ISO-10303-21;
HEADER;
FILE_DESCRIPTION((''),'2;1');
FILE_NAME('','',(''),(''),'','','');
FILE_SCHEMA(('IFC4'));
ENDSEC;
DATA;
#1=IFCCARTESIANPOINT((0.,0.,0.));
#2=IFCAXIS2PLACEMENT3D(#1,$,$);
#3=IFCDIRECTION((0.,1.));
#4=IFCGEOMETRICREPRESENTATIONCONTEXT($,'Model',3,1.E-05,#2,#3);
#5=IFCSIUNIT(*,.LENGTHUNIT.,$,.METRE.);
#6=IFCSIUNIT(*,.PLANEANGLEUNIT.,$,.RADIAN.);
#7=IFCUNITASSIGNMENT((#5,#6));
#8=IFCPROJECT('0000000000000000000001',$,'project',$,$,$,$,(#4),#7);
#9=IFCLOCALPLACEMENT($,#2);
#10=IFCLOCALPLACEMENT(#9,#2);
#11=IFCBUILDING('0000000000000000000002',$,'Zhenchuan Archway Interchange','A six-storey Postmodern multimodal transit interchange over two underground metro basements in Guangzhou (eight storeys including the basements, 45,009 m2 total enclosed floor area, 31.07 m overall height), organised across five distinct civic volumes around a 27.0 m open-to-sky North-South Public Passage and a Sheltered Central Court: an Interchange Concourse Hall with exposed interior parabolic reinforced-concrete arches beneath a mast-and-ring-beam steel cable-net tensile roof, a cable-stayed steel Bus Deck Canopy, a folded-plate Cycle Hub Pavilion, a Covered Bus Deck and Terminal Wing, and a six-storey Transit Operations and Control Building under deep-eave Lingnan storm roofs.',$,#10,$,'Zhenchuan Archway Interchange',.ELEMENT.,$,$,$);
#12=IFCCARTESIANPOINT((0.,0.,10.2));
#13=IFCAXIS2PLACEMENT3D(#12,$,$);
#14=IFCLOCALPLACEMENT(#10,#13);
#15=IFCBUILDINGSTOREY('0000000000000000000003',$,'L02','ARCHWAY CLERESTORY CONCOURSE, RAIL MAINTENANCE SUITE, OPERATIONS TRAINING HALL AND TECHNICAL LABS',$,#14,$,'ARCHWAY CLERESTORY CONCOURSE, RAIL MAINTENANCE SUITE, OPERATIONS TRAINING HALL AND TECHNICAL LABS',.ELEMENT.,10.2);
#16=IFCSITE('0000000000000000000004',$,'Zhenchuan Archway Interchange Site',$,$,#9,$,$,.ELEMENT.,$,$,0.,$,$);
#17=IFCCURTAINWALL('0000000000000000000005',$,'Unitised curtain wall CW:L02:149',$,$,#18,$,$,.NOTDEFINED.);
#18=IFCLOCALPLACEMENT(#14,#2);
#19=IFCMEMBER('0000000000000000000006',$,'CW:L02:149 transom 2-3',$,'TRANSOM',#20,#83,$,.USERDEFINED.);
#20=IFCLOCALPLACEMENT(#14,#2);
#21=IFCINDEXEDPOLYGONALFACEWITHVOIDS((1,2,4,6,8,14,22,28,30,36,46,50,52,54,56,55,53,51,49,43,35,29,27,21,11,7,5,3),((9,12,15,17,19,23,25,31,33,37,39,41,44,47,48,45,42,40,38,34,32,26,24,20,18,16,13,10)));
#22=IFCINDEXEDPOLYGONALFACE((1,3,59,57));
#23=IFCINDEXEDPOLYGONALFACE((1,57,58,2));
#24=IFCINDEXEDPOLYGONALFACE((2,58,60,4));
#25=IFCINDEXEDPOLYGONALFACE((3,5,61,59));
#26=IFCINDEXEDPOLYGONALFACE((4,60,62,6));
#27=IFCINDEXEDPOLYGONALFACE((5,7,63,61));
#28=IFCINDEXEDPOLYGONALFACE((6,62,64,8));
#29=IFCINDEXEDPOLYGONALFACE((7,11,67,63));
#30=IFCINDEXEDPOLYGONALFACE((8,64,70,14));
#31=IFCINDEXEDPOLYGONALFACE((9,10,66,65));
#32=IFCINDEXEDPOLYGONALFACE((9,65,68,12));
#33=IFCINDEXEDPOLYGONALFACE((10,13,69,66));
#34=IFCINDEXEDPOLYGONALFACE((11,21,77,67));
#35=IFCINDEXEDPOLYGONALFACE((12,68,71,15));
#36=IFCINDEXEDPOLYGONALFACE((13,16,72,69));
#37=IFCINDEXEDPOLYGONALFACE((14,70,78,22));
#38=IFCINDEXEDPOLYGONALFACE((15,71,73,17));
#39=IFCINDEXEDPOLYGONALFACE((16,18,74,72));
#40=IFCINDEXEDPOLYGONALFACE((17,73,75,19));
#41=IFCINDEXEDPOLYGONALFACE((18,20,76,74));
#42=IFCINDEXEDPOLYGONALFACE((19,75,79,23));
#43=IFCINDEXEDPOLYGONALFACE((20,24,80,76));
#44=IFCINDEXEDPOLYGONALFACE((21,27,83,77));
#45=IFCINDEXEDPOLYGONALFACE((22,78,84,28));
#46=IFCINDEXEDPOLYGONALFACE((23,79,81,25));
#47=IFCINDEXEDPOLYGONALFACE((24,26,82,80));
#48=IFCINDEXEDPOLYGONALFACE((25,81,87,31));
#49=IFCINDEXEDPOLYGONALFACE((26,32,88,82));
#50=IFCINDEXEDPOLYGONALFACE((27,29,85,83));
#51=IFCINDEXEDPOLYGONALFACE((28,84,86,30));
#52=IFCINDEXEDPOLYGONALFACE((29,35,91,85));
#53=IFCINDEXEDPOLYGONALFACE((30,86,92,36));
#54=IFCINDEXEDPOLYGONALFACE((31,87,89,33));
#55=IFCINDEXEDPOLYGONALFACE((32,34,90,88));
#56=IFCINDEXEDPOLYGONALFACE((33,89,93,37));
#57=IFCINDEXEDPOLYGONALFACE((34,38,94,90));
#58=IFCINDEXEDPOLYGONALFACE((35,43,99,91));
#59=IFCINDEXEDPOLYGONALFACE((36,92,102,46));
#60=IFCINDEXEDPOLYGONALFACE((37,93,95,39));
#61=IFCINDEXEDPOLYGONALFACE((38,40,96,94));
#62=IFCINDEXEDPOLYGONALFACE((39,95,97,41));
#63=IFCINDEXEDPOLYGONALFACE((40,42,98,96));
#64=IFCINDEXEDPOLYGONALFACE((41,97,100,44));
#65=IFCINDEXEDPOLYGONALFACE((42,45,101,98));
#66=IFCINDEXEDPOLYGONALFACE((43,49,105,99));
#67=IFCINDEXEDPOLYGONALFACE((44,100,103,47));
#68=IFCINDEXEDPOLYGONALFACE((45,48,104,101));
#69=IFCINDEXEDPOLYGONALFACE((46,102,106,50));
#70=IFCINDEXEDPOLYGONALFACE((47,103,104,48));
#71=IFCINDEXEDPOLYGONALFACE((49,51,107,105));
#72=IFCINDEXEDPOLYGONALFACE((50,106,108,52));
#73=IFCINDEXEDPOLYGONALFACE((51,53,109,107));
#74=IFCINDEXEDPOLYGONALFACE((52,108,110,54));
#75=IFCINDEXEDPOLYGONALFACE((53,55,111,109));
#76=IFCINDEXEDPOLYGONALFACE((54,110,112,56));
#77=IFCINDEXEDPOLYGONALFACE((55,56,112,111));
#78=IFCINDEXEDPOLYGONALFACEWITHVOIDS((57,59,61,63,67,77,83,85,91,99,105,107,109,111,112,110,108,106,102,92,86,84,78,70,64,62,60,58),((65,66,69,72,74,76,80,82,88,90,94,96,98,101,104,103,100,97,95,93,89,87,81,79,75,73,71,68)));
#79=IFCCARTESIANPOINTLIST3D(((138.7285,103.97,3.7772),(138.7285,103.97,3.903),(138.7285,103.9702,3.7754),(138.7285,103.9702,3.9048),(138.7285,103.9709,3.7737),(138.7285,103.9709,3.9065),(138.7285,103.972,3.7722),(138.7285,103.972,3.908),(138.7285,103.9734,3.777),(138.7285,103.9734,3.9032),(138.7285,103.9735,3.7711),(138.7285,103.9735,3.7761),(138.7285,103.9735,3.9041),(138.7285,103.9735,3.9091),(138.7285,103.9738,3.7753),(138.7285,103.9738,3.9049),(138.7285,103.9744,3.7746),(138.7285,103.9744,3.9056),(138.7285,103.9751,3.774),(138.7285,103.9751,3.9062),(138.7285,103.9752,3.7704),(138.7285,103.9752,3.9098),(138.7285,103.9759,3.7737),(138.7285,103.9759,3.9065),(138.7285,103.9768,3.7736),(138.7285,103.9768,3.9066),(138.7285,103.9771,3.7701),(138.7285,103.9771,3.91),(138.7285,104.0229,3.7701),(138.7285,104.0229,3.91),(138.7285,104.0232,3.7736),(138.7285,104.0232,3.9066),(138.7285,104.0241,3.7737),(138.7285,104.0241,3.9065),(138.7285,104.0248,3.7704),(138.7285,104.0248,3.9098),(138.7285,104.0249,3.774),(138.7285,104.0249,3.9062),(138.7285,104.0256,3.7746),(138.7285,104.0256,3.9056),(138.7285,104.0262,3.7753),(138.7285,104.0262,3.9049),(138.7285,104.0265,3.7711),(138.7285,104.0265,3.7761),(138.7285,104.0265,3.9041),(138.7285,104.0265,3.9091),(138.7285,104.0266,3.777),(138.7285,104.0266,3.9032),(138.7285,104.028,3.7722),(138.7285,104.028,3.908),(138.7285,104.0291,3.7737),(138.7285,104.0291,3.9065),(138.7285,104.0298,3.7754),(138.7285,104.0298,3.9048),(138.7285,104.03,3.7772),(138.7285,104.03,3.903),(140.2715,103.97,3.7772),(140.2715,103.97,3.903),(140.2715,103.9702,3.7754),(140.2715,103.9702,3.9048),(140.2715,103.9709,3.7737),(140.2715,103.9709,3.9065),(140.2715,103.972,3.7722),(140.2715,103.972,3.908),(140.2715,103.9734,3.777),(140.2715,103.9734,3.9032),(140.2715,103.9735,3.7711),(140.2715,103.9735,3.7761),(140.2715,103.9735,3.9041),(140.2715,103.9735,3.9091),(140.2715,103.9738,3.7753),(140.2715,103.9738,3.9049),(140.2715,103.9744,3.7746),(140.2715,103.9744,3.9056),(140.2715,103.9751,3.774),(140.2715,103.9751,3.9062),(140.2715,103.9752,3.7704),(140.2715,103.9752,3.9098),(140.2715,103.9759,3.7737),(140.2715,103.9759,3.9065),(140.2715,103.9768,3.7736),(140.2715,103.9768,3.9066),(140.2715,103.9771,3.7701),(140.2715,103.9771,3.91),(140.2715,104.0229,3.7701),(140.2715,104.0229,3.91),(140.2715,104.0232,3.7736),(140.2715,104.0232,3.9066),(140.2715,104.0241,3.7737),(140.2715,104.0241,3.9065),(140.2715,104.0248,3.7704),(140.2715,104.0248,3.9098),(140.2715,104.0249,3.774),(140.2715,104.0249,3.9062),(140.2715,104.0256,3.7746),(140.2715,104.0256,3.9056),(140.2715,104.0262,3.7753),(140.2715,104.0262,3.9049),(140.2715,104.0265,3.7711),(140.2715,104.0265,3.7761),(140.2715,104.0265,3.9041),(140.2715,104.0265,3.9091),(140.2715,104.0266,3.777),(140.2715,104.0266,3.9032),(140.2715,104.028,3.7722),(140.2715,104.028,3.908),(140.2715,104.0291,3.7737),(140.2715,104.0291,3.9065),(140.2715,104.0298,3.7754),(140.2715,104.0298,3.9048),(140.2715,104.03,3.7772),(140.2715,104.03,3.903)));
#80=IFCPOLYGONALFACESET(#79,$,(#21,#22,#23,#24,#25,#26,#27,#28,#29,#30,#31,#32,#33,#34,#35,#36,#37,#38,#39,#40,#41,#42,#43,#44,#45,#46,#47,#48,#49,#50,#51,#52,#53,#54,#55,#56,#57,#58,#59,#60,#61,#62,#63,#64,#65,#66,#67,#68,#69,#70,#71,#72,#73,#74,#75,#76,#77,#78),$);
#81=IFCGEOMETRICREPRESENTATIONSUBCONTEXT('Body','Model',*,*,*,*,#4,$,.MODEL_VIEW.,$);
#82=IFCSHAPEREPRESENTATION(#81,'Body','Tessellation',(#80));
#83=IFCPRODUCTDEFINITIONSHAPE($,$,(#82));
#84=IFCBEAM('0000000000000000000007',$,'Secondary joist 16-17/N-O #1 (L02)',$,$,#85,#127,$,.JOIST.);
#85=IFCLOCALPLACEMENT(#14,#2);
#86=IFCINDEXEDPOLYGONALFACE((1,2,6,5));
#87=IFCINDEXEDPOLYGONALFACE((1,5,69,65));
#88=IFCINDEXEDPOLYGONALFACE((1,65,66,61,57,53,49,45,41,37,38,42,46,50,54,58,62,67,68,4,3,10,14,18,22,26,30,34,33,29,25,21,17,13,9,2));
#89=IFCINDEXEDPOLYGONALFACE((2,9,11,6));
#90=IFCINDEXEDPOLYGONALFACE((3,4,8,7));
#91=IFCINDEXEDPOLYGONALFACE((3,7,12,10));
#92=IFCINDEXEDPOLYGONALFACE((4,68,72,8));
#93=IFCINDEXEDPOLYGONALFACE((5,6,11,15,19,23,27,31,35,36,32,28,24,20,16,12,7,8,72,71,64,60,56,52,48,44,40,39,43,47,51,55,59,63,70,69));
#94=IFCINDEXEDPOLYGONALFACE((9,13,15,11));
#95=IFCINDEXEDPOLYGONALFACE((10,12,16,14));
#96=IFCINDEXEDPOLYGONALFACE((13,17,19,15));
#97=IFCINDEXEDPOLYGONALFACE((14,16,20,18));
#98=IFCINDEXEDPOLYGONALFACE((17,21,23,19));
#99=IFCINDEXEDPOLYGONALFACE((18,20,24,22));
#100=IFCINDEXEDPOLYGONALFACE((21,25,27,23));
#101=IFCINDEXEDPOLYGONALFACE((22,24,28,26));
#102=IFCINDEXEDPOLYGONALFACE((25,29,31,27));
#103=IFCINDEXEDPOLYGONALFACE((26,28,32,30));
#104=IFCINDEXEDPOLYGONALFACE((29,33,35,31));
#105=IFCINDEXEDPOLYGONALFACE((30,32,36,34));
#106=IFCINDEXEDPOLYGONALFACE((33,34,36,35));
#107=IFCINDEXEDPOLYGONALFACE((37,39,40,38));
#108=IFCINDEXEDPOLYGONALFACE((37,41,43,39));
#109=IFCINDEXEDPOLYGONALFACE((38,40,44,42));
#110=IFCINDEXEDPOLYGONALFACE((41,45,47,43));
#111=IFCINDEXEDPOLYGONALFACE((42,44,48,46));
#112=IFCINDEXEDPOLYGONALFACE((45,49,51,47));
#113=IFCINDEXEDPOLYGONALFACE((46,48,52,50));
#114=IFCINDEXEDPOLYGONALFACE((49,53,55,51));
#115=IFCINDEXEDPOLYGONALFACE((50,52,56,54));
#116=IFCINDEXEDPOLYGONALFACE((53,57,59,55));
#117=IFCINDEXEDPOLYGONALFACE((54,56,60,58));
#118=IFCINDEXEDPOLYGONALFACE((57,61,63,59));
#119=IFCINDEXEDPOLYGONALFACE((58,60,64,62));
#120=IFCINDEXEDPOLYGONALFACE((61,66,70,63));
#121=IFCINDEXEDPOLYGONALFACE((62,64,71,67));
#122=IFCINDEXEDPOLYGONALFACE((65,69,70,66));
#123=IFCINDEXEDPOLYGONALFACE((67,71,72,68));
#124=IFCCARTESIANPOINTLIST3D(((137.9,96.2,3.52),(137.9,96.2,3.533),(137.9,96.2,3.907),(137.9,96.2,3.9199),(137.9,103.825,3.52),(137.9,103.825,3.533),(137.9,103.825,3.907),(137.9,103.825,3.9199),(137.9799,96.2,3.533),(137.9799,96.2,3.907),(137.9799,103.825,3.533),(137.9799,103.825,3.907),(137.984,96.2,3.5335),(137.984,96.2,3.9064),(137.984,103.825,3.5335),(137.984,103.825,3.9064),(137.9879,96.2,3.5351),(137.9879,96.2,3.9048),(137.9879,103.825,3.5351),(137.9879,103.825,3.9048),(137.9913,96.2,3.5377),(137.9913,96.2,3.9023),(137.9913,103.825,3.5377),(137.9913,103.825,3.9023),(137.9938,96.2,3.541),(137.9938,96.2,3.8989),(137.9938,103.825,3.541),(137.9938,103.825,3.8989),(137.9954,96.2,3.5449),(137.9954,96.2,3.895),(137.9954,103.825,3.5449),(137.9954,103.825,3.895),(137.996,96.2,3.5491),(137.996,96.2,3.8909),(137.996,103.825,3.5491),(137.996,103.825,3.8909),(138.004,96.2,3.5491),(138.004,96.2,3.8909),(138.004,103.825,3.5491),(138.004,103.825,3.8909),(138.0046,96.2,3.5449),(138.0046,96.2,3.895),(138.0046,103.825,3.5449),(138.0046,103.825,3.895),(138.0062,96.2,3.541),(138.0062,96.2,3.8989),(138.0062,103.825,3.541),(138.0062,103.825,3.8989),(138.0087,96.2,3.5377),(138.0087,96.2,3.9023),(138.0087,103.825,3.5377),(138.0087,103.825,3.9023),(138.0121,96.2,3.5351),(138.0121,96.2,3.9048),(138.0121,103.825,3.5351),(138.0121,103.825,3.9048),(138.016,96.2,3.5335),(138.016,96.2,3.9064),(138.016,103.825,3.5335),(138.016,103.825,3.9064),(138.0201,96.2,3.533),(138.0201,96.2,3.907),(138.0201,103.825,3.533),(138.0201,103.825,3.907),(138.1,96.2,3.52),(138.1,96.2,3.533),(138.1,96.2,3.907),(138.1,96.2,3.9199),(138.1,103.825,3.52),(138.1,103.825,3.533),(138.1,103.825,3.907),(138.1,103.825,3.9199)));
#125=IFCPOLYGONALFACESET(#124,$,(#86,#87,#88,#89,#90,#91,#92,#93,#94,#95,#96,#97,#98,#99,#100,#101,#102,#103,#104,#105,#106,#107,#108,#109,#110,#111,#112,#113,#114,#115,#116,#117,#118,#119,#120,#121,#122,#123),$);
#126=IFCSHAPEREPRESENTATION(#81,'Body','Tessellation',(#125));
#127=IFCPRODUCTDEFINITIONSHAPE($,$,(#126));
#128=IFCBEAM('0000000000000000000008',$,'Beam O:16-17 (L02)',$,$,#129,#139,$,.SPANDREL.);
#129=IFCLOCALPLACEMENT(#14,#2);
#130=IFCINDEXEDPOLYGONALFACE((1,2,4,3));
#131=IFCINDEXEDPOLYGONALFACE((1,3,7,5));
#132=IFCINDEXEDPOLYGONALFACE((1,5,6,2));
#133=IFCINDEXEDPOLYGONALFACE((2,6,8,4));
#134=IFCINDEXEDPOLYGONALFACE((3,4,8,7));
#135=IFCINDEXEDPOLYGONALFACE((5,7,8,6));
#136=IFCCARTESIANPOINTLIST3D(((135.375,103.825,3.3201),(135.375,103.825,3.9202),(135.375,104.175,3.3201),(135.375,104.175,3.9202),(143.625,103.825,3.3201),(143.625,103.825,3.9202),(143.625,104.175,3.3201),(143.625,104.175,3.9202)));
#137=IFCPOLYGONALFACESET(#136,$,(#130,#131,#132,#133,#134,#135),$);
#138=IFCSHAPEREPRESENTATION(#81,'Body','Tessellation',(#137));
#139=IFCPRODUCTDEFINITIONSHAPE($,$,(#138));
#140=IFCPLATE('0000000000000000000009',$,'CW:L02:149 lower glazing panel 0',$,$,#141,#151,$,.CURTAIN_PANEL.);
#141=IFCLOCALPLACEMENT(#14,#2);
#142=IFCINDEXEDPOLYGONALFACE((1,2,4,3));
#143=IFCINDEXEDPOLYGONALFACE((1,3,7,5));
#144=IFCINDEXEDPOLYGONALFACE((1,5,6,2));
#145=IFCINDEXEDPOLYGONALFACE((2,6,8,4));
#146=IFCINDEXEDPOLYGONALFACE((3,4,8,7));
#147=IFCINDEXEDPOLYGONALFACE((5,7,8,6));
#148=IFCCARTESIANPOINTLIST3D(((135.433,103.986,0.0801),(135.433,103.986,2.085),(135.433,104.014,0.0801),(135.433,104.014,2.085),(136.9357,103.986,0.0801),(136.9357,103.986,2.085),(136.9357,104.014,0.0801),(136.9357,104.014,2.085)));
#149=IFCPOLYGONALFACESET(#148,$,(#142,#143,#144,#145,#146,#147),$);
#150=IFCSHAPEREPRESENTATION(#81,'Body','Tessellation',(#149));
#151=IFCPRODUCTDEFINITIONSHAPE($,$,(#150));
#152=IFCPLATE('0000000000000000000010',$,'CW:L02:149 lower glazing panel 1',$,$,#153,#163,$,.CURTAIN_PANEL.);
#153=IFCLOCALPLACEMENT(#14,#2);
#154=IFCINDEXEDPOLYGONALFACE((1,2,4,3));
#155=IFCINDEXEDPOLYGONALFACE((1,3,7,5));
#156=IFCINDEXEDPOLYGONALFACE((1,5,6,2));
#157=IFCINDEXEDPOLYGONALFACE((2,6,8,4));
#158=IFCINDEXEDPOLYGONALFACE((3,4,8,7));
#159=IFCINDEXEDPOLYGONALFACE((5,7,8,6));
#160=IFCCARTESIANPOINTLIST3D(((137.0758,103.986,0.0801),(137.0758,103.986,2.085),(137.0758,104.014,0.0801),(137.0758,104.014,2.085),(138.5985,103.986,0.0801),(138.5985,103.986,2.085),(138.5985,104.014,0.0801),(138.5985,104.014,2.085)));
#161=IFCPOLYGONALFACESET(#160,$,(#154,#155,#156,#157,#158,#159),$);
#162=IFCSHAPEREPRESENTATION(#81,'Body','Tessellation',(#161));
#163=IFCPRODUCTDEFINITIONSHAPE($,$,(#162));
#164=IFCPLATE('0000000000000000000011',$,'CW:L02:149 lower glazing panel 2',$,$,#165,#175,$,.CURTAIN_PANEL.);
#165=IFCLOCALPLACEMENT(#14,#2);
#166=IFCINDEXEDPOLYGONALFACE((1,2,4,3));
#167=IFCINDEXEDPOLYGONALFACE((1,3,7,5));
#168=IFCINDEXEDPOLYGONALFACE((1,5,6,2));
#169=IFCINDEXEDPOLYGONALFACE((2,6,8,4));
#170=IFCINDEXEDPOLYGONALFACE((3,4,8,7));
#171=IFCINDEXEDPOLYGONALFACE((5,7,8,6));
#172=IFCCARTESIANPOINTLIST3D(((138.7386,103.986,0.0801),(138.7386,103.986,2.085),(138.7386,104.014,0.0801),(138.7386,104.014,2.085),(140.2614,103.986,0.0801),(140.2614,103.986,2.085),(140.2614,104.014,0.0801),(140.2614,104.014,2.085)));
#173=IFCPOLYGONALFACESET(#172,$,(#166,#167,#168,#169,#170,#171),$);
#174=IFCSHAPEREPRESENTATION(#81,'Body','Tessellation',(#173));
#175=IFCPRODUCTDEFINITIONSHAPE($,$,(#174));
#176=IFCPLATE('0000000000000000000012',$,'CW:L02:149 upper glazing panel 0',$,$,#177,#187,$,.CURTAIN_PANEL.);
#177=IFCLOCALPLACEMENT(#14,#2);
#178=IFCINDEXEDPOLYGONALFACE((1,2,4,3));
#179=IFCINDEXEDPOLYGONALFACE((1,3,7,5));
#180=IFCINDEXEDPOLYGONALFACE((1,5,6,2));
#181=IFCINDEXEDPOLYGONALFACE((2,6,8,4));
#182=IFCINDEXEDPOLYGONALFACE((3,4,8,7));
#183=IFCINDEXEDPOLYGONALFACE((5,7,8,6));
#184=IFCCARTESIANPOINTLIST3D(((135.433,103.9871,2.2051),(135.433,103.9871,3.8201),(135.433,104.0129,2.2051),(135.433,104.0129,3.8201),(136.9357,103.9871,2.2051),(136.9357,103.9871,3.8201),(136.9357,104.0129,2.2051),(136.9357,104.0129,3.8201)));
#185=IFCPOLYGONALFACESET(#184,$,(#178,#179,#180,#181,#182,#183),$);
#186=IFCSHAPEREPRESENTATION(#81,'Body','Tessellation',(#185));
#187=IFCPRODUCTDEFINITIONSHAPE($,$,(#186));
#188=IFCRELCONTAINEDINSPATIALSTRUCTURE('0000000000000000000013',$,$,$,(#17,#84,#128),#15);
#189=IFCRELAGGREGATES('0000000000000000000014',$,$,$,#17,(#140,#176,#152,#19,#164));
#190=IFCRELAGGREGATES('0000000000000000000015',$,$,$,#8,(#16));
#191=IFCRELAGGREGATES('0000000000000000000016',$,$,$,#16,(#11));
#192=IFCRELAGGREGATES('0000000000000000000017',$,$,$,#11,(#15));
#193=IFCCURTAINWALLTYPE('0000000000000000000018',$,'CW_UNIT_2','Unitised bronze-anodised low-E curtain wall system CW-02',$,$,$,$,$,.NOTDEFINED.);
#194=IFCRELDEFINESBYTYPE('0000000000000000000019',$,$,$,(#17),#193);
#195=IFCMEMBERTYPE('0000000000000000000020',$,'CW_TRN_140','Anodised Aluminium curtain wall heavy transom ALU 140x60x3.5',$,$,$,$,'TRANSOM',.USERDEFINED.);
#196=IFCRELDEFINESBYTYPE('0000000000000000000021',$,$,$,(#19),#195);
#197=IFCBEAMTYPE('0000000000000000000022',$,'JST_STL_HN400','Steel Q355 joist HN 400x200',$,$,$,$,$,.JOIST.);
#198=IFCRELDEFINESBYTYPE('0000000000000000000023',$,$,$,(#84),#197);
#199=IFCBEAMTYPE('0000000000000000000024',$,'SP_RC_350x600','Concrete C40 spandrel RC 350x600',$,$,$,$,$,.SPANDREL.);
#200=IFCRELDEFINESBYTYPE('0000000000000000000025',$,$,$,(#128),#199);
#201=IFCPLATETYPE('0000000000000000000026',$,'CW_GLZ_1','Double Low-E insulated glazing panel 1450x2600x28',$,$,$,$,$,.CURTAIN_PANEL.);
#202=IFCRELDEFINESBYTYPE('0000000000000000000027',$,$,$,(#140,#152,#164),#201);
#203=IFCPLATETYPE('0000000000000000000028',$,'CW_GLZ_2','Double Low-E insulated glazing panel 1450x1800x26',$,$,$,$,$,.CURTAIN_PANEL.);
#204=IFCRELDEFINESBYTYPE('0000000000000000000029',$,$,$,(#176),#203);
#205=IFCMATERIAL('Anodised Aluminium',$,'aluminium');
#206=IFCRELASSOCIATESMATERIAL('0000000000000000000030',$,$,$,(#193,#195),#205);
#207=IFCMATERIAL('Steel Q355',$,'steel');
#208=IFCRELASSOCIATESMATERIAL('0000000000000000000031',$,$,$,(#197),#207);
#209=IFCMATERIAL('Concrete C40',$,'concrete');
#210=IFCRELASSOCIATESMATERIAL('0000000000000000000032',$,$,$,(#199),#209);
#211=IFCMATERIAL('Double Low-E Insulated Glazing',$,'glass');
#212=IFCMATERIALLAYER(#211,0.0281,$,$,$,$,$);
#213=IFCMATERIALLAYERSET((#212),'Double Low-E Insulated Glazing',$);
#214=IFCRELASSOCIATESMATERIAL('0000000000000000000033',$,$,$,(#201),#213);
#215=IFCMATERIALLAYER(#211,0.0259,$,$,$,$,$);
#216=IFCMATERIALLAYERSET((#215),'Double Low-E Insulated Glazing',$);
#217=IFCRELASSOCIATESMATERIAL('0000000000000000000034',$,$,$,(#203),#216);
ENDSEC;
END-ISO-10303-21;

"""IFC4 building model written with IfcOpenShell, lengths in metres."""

from ifc_helpers import new_model, si_unit, direction, frame, origin, origin_2d, place, context, subcontext, project, spatial, rectangle, hollow_rectangle, i_section, extrude, material, layer, layer_set, material_profile, profile_set, type_object, element, aggregate, save


model = new_model("IFC4")

# Units and contexts
model_context = context("Model", 3, precision=1e-05, world=origin(), true_north=direction((0.0, 1.0)))
body_context = subcontext(model_context, "Body", "Model", "MODEL_VIEW")
ifc_project = project(units=[si_unit("LENGTHUNIT", "METRE"), si_unit("PLANEANGLEUNIT", "RADIAN")], contexts=[model_context])

# Site, building, storey
site_placement = place(None, origin())
site = spatial("IfcSite", under=ifc_project, at=site_placement, Name="Zhenchuan Archway Interchange Site", CompositionType="ELEMENT", RefElevation=0.0)
building_placement = place(site_placement, origin())
building = spatial("IfcBuilding", under=site, at=building_placement, Name="Zhenchuan Archway Interchange", Description="A six-storey Postmodern multimodal transit interchange over two underground metro basements in Guangzhou (eight storeys including the basements, 45,009 m2 total enclosed floor area, 31.07 m overall height), organised across five distinct civic volumes around a 27.0 m open-to-sky North-South Public Passage and a Sheltered Central Court: an Interchange Concourse Hall with exposed interior parabolic reinforced-concrete arches beneath a mast-and-ring-beam steel cable-net tensile roof, a cable-stayed steel Bus Deck Canopy, a folded-plate Cycle Hub Pavilion, a Covered Bus Deck and Terminal Wing, and a six-storey Transit Operations and Control Building under deep-eave Lingnan storm roofs.", LongName="Zhenchuan Archway Interchange", CompositionType="ELEMENT")
storey_placement = place(building_placement, frame((0.0, 0.0, 10.2)))
storey = spatial("IfcBuildingStorey", under=building, at=storey_placement, Name="L02", Description="ARCHWAY CLERESTORY CONCOURSE, RAIL MAINTENANCE SUITE, OPERATIONS TRAINING HALL AND TECHNICAL LABS", LongName="ARCHWAY CLERESTORY CONCOURSE, RAIL MAINTENANCE SUITE, OPERATIONS TRAINING HALL AND TECHNICAL LABS", CompositionType="ELEMENT", Elevation=10.2)

# Shared definitions
ifc_material_1 = material(Name="Concrete C40", Category="concrete")

# Curtain wall, member
ifc_material_2 = material(Name="Anodised Aluminium", Category="aluminium")
curtain_wall_type = type_object("IfcCurtainWallType", Name="CW_UNIT_2", Description="Unitised bronze-anodised low-E curtain wall system CW-02", PredefinedType="NOTDEFINED", material=ifc_material_2)
curtain_wall_placement = place(storey_placement, origin())
curtain_wall = element("IfcCurtainWall", 1, at=curtain_wall_placement, inside=storey, type_object=curtain_wall_type, Name="Unitised curtain wall CW:L02:149", PredefinedType="NOTDEFINED")
ifc_material_profile_1 = material_profile(ifc_material_2, hollow_rectangle(XDim=0.0601, YDim=0.1399, WallThickness=0.0034, InnerFilletRadius=0.0034, OuterFilletRadius=0.0071, at=origin_2d()), Name="ALU 140x60x3.5")
ifc_profile_set_1 = profile_set([ifc_material_profile_1], Name="Anodised Aluminium")
member_type_1 = type_object("IfcMemberType", Name="CW_TRN_140", Description="Anodised Aluminium curtain wall heavy transom ALU 140x60x3.5", ElementType="TRANSOM", PredefinedType="USERDEFINED", material=ifc_profile_set_1)
member_1_placement = place(storey_placement, frame((138.7285, 104.0, 3.8401), z_axis=(1.0, 0.0, 0.0), x_axis=(0.0, 1.0, 0.0)))
member_1 = element("IfcMember", 2, at=member_1_placement, type_object=member_type_1, Name="CW:L02:149 transom 2-3", ObjectType="TRANSOM", PredefinedType="USERDEFINED", context=body_context, shape_type="SweptSolid", body=[
    extrude(hollow_rectangle(XDim=0.0601, YDim=0.1399, WallThickness=0.0034, InnerFilletRadius=0.0034, OuterFilletRadius=0.0071, at=origin_2d()), origin(), (0.0, 0.0, 1.0), 1.543),
])

# Beams
ifc_material_3 = material(Name="Steel Q355", Category="steel")
ifc_material_profile_2 = material_profile(ifc_material_3, i_section(OverallWidth=0.2, OverallDepth=0.3999, WebThickness=0.0081, FlangeThickness=0.0129, FilletRadius=0.0161, at=origin_2d()), Name="HN 400x200")
ifc_profile_set_2 = profile_set([ifc_material_profile_2], Name="Steel Q355")
beam_type_1 = type_object("IfcBeamType", Name="JST_STL_HN400", Description="Steel Q355 joist HN 400x200", PredefinedType="JOIST", material=ifc_profile_set_2)
beam_1_placement = place(storey_placement, frame((138.0, 96.2, 3.72), z_axis=(0.0, 1.0, 0.0), x_axis=(-1.0, 0.0, 0.0)))
element("IfcBeam", 3, at=beam_1_placement, inside=storey, type_object=beam_type_1, Name="Secondary joist 16-17/N-O #1 (L02)", PredefinedType="JOIST", context=body_context, shape_type="SweptSolid", body=[
    extrude(i_section(OverallWidth=0.2, OverallDepth=0.3999, WebThickness=0.0081, FlangeThickness=0.0129, FilletRadius=0.0161, at=origin_2d()), origin(), (0.0, 0.0, 1.0), 7.625),
])
ifc_material_profile_3 = material_profile(ifc_material_1, rectangle(XDim=0.3501, YDim=0.6001, at=origin_2d()), Name="RC 350x600")
ifc_profile_set_3 = profile_set([ifc_material_profile_3], Name="Concrete C40")
beam_type_2 = type_object("IfcBeamType", Name="SP_RC_350x600", Description="Concrete C40 spandrel RC 350x600", PredefinedType="SPANDREL", material=ifc_profile_set_3)
beam_2_placement = place(storey_placement, frame((135.375, 104.0, 3.6201), z_axis=(1.0, 0.0, 0.0), x_axis=(0.0, 1.0, 0.0)))
element("IfcBeam", 4, at=beam_2_placement, inside=storey, type_object=beam_type_2, Name="Beam O:16-17 (L02)", PredefinedType="SPANDREL", context=body_context, shape_type="SweptSolid", body=[
    extrude(rectangle(XDim=0.3501, YDim=0.6001, at=origin_2d()), origin(), (0.0, 0.0, 1.0), 8.25),
])

# Plates
ifc_material_4 = material(Name="Double Low-E Insulated Glazing", Category="glass")
ifc_layer_1 = layer(ifc_material_4, 0.0281)
ifc_layer_set_1 = layer_set([ifc_layer_1], Name="Double Low-E Insulated Glazing")
plate_type_1 = type_object("IfcPlateType", Name="CW_GLZ_1", Description="Double Low-E insulated glazing panel 1450x2600x28", PredefinedType="CURTAIN_PANEL", material=ifc_layer_set_1)
plate_1_placement = place(storey_placement, frame((136.1843, 104.0, 0.0801), z_axis=(0.0, 0.0, 1.0), x_axis=(1.0, 0.0, 0.0)))
plate_1 = element("IfcPlate", 5, at=plate_1_placement, type_object=plate_type_1, Name="CW:L02:149 lower glazing panel 0", PredefinedType="CURTAIN_PANEL", context=body_context, shape_type="SweptSolid", body=[
    extrude(rectangle(XDim=1.5027, YDim=0.0281, at=origin_2d()), origin(), (0.0, 0.0, 1.0), 2.0049),
])
plate_2_placement = place(storey_placement, frame((137.8372, 104.0, 0.0801), z_axis=(0.0, 0.0, 1.0), x_axis=(1.0, 0.0, 0.0)))
plate_2 = element("IfcPlate", 6, at=plate_2_placement, type_object=plate_type_1, Name="CW:L02:149 lower glazing panel 1", PredefinedType="CURTAIN_PANEL", context=body_context, shape_type="SweptSolid", body=[
    extrude(rectangle(XDim=1.5227, YDim=0.0281, at=origin_2d()), origin(), (0.0, 0.0, 1.0), 2.0049),
])
plate_3_placement = place(storey_placement, frame((139.5, 104.0, 0.0801), z_axis=(0.0, 0.0, 1.0), x_axis=(1.0, 0.0, 0.0)))
plate_3 = element("IfcPlate", 7, at=plate_3_placement, type_object=plate_type_1, Name="CW:L02:149 lower glazing panel 2", PredefinedType="CURTAIN_PANEL", context=body_context, shape_type="SweptSolid", body=[
    extrude(rectangle(XDim=1.5227, YDim=0.0281, at=origin_2d()), origin(), (0.0, 0.0, 1.0), 2.0049),
])
ifc_layer_2 = layer(ifc_material_4, 0.0259)
ifc_layer_set_2 = layer_set([ifc_layer_2], Name="Double Low-E Insulated Glazing")
plate_type_2 = type_object("IfcPlateType", Name="CW_GLZ_2", Description="Double Low-E insulated glazing panel 1450x1800x26", PredefinedType="CURTAIN_PANEL", material=ifc_layer_set_2)
plate_4_placement = place(storey_placement, frame((136.1843, 104.0, 2.2051), z_axis=(0.0, 0.0, 1.0), x_axis=(1.0, 0.0, 0.0)))
plate_4 = element("IfcPlate", 8, at=plate_4_placement, type_object=plate_type_2, Name="CW:L02:149 upper glazing panel 0", PredefinedType="CURTAIN_PANEL", context=body_context, shape_type="SweptSolid", body=[
    extrude(rectangle(XDim=1.5027, YDim=0.0259, at=origin_2d()), origin(), (0.0, 0.0, 1.0), 1.615),
])
aggregate(curtain_wall, [plate_1, plate_4, plate_2, member_1, plate_3])

save(model, "model.ifc")
